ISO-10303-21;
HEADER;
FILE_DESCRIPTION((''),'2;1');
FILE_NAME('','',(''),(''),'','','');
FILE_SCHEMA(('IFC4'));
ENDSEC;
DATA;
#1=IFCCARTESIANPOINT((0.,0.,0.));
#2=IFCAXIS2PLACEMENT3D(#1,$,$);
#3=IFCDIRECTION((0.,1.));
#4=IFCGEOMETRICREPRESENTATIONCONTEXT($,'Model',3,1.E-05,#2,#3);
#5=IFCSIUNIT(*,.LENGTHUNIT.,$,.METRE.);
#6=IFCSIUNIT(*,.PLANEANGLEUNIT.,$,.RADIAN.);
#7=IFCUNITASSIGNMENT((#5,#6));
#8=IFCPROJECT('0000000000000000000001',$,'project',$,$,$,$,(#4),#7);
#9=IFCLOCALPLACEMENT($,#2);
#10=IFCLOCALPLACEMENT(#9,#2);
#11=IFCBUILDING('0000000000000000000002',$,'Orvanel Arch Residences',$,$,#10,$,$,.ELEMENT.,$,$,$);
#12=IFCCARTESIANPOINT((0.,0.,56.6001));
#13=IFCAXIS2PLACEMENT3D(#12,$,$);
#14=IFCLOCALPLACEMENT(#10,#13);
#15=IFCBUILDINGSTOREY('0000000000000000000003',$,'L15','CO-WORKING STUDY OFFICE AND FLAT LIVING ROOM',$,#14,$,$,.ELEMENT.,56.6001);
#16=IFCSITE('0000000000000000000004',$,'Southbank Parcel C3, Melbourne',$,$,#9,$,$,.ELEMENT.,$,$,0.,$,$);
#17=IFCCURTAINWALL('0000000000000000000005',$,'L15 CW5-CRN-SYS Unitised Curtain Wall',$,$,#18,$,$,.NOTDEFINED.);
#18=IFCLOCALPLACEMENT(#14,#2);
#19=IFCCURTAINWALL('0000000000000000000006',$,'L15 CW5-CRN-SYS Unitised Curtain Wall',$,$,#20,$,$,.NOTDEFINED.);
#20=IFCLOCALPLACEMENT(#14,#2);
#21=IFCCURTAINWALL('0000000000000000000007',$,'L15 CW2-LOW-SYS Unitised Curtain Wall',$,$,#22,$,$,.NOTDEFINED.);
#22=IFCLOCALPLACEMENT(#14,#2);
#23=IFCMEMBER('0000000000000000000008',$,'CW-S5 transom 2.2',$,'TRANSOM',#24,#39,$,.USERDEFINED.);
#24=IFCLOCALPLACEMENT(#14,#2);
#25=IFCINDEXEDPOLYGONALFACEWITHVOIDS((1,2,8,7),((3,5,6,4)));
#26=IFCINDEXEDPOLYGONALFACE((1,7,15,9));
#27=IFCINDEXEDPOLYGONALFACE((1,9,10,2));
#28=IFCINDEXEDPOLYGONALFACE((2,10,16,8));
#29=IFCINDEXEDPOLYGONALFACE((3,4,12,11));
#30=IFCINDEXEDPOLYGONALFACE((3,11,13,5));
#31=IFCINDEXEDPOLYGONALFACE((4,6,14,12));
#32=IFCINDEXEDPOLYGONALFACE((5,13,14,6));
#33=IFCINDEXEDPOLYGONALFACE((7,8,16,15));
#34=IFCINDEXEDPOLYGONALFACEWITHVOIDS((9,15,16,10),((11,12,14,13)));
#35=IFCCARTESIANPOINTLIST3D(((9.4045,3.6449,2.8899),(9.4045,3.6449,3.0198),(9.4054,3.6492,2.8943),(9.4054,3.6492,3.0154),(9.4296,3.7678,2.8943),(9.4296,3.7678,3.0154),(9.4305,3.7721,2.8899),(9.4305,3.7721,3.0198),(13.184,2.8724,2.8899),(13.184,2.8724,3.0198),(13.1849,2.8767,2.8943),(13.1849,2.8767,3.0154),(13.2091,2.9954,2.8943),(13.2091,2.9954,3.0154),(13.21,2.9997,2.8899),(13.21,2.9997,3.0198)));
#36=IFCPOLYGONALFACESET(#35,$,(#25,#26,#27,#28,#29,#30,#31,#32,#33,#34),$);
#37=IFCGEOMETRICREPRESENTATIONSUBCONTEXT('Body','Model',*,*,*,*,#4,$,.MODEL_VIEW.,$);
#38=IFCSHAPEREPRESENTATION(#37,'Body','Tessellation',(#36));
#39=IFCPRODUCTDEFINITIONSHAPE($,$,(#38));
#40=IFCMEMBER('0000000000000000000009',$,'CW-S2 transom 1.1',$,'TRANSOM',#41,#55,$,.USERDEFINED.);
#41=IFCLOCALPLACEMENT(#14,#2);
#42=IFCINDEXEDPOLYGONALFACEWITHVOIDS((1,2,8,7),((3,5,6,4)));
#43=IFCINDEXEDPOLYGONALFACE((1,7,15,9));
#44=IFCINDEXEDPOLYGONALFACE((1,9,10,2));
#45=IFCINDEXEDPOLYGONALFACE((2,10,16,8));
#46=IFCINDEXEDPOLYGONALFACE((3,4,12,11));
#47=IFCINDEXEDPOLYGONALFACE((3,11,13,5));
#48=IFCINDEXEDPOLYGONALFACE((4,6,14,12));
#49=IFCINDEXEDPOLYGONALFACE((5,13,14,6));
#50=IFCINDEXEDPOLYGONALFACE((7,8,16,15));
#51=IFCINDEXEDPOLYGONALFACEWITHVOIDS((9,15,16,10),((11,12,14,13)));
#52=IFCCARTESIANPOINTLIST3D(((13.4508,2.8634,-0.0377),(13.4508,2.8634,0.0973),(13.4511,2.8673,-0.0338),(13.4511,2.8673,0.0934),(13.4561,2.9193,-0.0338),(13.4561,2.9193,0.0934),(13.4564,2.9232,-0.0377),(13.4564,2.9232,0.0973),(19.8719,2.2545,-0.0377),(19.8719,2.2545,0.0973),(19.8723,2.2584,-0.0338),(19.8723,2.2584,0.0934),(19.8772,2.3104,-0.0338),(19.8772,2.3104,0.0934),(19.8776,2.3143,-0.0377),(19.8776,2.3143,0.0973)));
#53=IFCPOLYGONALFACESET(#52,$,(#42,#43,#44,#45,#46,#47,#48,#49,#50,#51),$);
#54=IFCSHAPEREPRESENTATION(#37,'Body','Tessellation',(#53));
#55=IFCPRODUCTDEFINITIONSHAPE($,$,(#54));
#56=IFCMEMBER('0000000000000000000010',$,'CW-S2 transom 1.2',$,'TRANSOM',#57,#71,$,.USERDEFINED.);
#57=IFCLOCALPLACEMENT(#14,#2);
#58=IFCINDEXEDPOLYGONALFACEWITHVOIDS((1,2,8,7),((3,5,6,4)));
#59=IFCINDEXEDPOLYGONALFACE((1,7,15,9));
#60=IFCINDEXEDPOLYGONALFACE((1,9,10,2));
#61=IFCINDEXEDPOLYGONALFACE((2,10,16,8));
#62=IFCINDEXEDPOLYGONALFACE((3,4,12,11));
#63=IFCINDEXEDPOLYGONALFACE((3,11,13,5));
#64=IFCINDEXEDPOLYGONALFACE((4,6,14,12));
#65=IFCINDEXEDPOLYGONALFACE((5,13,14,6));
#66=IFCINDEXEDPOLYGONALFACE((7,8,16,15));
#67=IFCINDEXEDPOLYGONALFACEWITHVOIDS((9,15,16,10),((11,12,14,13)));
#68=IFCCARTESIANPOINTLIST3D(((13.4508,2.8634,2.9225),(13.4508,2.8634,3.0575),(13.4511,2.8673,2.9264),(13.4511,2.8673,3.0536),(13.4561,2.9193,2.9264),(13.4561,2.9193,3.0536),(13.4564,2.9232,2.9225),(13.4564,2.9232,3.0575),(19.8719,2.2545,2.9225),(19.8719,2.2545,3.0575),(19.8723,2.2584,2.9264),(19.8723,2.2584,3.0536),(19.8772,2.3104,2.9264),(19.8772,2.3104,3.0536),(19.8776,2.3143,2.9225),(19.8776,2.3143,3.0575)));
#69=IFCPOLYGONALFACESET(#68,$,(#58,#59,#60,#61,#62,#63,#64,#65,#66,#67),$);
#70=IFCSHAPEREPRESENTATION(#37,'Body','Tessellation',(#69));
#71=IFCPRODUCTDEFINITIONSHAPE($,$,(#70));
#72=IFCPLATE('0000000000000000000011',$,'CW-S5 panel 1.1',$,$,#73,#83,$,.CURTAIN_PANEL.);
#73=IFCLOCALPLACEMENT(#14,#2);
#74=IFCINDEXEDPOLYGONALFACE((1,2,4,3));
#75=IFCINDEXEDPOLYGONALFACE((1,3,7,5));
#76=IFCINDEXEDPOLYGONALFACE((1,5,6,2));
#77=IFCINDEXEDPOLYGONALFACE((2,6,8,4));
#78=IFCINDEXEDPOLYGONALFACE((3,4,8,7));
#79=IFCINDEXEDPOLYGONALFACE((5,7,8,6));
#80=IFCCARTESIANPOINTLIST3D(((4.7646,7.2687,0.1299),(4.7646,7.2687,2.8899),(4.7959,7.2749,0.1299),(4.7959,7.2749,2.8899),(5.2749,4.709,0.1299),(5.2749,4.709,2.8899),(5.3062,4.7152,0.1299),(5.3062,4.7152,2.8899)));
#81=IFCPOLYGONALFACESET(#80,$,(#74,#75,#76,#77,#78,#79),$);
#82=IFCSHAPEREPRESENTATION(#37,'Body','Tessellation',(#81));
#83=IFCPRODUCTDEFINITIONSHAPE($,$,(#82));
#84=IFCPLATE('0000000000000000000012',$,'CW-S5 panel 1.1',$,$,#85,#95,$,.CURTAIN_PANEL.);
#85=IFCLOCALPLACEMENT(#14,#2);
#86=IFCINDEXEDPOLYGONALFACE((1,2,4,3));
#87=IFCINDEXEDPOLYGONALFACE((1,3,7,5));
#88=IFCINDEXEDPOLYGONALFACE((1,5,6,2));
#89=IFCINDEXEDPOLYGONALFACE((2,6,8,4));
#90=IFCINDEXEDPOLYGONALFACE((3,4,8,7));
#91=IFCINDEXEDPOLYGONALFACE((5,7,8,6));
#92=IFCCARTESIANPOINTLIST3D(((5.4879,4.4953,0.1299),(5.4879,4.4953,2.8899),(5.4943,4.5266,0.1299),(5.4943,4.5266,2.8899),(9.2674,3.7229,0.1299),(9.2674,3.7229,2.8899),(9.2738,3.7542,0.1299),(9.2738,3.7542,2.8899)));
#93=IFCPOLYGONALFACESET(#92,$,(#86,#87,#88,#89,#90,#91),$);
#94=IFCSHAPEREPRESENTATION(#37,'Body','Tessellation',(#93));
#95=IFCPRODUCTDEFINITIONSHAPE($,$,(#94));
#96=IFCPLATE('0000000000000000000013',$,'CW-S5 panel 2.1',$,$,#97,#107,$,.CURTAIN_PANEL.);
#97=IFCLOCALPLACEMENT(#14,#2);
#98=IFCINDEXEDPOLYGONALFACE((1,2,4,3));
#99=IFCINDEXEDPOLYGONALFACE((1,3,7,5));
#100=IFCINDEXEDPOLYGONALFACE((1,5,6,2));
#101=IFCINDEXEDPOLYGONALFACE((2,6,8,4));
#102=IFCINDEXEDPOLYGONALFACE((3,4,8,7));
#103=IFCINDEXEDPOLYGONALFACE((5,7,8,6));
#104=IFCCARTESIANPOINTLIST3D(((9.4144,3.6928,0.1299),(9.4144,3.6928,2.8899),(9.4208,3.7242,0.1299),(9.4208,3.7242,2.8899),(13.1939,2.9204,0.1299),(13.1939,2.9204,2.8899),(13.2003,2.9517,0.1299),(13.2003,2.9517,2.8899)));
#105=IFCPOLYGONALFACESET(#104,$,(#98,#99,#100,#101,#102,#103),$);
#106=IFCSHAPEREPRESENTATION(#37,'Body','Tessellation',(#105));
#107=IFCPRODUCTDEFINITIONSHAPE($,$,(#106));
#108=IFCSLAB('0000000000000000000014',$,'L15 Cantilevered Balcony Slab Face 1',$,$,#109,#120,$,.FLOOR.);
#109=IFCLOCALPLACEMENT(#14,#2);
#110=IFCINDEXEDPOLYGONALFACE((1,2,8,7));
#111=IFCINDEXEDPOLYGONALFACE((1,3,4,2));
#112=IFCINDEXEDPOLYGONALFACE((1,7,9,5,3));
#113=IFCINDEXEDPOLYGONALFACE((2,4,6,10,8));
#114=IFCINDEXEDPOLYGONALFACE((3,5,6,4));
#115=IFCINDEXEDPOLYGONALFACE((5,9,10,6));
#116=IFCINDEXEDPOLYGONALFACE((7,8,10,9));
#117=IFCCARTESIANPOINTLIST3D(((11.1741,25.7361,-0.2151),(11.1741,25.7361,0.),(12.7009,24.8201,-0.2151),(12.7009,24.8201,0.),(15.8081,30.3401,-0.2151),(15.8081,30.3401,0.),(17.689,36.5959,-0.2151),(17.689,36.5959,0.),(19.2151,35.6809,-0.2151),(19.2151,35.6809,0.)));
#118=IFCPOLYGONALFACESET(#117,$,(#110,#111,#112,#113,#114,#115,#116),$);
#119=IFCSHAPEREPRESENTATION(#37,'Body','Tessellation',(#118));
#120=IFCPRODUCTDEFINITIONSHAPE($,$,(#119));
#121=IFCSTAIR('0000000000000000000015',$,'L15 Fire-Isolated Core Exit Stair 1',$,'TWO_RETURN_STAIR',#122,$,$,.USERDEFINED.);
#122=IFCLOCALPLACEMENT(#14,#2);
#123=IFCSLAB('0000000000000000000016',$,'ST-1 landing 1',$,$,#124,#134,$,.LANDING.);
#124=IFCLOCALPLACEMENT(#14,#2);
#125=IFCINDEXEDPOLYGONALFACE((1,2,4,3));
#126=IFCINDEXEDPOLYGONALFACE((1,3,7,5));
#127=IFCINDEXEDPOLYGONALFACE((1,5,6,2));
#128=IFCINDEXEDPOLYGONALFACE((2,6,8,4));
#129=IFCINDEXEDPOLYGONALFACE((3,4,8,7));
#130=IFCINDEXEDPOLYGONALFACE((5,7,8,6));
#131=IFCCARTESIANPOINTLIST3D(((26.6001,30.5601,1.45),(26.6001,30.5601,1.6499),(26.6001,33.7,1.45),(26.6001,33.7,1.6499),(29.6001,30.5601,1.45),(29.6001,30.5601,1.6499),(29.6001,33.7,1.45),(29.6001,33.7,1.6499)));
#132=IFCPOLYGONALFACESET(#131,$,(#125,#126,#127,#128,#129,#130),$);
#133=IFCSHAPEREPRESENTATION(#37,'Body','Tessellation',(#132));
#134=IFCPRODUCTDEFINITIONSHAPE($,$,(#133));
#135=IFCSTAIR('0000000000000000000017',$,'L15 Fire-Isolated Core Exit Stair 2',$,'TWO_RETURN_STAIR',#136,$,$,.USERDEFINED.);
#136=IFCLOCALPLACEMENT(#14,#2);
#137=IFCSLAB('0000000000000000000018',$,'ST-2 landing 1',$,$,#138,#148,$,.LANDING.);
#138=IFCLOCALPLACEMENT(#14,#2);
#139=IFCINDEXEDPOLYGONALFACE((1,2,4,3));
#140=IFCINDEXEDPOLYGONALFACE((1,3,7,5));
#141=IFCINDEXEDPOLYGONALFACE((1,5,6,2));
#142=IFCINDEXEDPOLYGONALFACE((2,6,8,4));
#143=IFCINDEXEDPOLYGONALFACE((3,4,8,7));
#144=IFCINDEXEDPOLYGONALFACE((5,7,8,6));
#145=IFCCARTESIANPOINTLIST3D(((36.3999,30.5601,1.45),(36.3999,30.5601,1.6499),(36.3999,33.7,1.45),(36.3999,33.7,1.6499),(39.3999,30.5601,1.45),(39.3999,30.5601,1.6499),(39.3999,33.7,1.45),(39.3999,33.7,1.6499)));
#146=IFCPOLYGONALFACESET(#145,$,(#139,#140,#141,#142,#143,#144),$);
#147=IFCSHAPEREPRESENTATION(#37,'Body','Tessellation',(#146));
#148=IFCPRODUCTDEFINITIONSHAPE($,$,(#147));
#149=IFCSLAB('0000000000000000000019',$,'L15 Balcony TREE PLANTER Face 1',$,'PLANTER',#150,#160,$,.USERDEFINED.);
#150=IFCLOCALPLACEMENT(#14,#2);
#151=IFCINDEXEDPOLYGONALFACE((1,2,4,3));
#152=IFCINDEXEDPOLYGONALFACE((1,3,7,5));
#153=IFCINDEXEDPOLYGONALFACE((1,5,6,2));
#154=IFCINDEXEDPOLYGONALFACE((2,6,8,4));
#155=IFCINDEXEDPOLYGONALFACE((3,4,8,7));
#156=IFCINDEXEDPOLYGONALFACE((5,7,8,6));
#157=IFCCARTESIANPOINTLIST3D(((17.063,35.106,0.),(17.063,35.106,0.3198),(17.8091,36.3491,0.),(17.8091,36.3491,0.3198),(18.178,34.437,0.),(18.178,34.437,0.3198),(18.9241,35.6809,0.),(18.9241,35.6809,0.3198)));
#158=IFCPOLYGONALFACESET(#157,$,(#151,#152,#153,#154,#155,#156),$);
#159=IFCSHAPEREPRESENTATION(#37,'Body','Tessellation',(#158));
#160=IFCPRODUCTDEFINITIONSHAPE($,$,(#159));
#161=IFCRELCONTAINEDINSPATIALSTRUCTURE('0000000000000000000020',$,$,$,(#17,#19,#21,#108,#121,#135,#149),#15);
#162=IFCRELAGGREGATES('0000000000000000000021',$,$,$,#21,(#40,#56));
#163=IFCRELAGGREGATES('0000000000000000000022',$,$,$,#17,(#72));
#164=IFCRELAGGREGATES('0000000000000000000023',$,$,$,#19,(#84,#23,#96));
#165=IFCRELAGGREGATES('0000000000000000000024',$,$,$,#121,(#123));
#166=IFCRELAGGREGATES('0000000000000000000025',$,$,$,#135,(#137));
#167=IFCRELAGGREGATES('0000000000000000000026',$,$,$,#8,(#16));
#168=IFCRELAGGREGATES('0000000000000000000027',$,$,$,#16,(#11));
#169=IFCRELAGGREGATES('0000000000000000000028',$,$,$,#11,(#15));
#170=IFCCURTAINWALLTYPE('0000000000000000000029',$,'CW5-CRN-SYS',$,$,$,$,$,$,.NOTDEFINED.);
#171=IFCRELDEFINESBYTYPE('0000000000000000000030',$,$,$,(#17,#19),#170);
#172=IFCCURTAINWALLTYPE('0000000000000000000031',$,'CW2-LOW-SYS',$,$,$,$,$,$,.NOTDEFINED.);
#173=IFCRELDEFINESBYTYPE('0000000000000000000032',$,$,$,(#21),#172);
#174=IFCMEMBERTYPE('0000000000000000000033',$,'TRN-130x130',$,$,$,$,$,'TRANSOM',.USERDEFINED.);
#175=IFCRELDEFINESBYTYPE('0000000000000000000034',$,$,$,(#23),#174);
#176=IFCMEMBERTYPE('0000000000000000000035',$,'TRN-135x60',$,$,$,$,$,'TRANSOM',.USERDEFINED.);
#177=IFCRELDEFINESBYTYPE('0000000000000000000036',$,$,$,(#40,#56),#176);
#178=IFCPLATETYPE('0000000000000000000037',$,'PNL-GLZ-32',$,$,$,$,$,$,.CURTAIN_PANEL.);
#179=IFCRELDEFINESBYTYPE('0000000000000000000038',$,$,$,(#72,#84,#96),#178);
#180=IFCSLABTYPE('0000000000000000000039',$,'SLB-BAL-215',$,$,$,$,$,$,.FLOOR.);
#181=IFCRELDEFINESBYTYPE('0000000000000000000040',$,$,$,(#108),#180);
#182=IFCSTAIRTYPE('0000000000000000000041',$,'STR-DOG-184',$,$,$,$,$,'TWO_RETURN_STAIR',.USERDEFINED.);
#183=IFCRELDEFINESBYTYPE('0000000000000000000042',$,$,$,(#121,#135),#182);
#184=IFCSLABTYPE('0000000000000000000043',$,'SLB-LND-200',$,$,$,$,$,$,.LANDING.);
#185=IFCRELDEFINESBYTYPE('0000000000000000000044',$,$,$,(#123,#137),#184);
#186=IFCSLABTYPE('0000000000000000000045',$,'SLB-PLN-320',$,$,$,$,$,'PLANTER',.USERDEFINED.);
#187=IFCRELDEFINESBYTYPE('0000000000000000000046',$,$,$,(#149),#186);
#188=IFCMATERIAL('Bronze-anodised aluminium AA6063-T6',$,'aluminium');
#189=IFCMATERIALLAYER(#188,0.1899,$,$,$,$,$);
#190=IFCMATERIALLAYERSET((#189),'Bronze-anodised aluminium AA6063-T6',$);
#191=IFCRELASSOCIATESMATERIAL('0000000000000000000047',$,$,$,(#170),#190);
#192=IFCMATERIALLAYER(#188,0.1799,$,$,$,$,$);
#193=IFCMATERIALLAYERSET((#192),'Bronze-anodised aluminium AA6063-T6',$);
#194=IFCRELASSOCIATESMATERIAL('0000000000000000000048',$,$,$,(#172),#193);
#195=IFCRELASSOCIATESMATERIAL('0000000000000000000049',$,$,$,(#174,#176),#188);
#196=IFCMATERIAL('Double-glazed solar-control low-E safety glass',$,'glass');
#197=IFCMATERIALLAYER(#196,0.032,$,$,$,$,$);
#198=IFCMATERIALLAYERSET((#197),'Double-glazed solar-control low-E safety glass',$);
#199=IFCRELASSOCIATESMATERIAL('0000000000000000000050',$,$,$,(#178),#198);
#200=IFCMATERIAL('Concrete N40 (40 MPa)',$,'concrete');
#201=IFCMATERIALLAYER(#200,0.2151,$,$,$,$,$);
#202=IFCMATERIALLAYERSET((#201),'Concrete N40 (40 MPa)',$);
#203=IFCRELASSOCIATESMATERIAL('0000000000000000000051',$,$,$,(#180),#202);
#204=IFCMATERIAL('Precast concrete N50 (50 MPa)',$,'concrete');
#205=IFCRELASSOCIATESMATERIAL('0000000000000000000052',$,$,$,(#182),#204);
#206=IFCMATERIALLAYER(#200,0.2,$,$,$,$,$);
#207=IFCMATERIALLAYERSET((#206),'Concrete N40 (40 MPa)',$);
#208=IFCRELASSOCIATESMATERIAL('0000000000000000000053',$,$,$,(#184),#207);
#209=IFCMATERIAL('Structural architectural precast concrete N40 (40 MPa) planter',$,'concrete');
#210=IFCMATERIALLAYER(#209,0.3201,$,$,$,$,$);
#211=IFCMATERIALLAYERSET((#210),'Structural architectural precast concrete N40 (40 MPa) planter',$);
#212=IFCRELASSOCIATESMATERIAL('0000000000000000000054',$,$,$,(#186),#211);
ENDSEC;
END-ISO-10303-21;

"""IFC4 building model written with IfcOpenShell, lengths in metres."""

from ifc_helpers import new_model, si_unit, direction, frame, origin, origin_2d, place, context, subcontext, project, spatial, polyline, rectangle, hollow_rectangle, outline, extrude, material, layer, layer_set, material_profile, profile_set, type_object, element, aggregate, save


model = new_model("IFC4")

# Units and contexts
model_context = context("Model", 3, precision=1e-05, world=origin(), true_north=direction((0.0, 1.0)))
body_context = subcontext(model_context, "Body", "Model", "MODEL_VIEW")
ifc_project = project(units=[si_unit("LENGTHUNIT", "METRE"), si_unit("PLANEANGLEUNIT", "RADIAN")], contexts=[model_context])

# Site, building, storey
site_placement = place(None, origin())
site = spatial("IfcSite", under=ifc_project, at=site_placement, Name="Southbank Parcel C3, Melbourne", CompositionType="ELEMENT", RefElevation=0.0)
building_placement = place(site_placement, origin())
building = spatial("IfcBuilding", under=site, at=building_placement, Name="Orvanel Arch Residences", CompositionType="ELEMENT")
storey_placement = place(building_placement, frame((0.0, 0.0, 56.6001)))
storey = spatial("IfcBuildingStorey", under=building, at=storey_placement, Name="L15", Description="CO-WORKING STUDY OFFICE AND FLAT LIVING ROOM", CompositionType="ELEMENT", Elevation=56.6001)

# Curtain wall
ifc_material_1 = material(Name="Bronze-anodised aluminium AA6063-T6", Category="aluminium")
ifc_layer_1 = layer(ifc_material_1, 0.1899)
ifc_layer_set_1 = layer_set([ifc_layer_1], Name="Bronze-anodised aluminium AA6063-T6")
curtain_wall_type_1 = type_object("IfcCurtainWallType", Name="CW5-CRN-SYS", PredefinedType="NOTDEFINED", material=ifc_layer_set_1)
curtain_wall_1_placement = place(storey_placement, origin())
curtain_wall_1 = element("IfcCurtainWall", 1, at=curtain_wall_1_placement, inside=storey, type_object=curtain_wall_type_1, Name="L15 CW5-CRN-SYS Unitised Curtain Wall", PredefinedType="NOTDEFINED")

# Curtain wall
curtain_wall_2_placement = place(storey_placement, origin())
curtain_wall_2 = element("IfcCurtainWall", 2, at=curtain_wall_2_placement, inside=storey, type_object=curtain_wall_type_1, Name="L15 CW5-CRN-SYS Unitised Curtain Wall", PredefinedType="NOTDEFINED")

# Curtain wall
ifc_layer_2 = layer(ifc_material_1, 0.1799)
ifc_layer_set_2 = layer_set([ifc_layer_2], Name="Bronze-anodised aluminium AA6063-T6")
curtain_wall_type_2 = type_object("IfcCurtainWallType", Name="CW2-LOW-SYS", PredefinedType="NOTDEFINED", material=ifc_layer_set_2)
curtain_wall_3_placement = place(storey_placement, origin())
curtain_wall_3 = element("IfcCurtainWall", 3, at=curtain_wall_3_placement, inside=storey, type_object=curtain_wall_type_2, Name="L15 CW2-LOW-SYS Unitised Curtain Wall", PredefinedType="NOTDEFINED")

# Members
ifc_material_profile_1 = material_profile(ifc_material_1, hollow_rectangle(XDim=0.1299, YDim=0.1299, WallThickness=0.0044, at=origin_2d()), Name="ALU130x130x4.5")
ifc_profile_set_1 = profile_set([ifc_material_profile_1], Name="Bronze-anodised aluminium AA6063-T6")
member_type_1 = type_object("IfcMemberType", Name="TRN-130x130", ElementType="TRANSOM", PredefinedType="USERDEFINED", material=ifc_profile_set_1)
member_1_placement = place(storey_placement, frame((9.4175, 3.7085, 2.9548), z_axis=(0.979747, -0.20024, 0.0), x_axis=(0.20024, 0.979747, 0.0)))
member_1 = element("IfcMember", 4, at=member_1_placement, type_object=member_type_1, Name="CW-S5 transom 2.2", ObjectType="TRANSOM", PredefinedType="USERDEFINED", context=body_context, shape_type="SweptSolid", body=[
    extrude(hollow_rectangle(XDim=0.1299, YDim=0.1299, WallThickness=0.0044, at=origin_2d()), origin(), (0.0, 0.0, 1.0), 3.8577),
])
ifc_material_profile_2 = material_profile(ifc_material_1, hollow_rectangle(XDim=0.0601, YDim=0.135, WallThickness=0.0039, at=origin_2d()), Name="ALU135x60x4")
ifc_profile_set_2 = profile_set([ifc_material_profile_2], Name="Bronze-anodised aluminium AA6063-T6")
member_type_2 = type_object("IfcMemberType", Name="TRN-135x60", ElementType="TRANSOM", PredefinedType="USERDEFINED", material=ifc_profile_set_2)
member_2_placement = place(storey_placement, frame((13.4536, 2.8933, 0.0298), z_axis=(0.995534, -0.094402, 0.0), x_axis=(0.094402, 0.995534, 0.0)))
member_2 = element("IfcMember", 5, at=member_2_placement, type_object=member_type_2, Name="CW-S2 transom 1.1", ObjectType="TRANSOM", PredefinedType="USERDEFINED", context=body_context, shape_type="SweptSolid", body=[
    extrude(hollow_rectangle(XDim=0.0601, YDim=0.135, WallThickness=0.0039, at=origin_2d()), origin(), (0.0, 0.0, 1.0), 6.45),
])
member_3_placement = place(storey_placement, frame((13.4536, 2.8933, 2.99), z_axis=(0.995534, -0.094402, 0.0), x_axis=(0.094402, 0.995534, 0.0)))
member_3 = element("IfcMember", 6, at=member_3_placement, type_object=member_type_2, Name="CW-S2 transom 1.2", ObjectType="TRANSOM", PredefinedType="USERDEFINED", context=body_context, shape_type="SweptSolid", body=[
    extrude(hollow_rectangle(XDim=0.0601, YDim=0.135, WallThickness=0.0039, at=origin_2d()), origin(), (0.0, 0.0, 1.0), 6.45),
])
aggregate(curtain_wall_3, [member_2, member_3])

# Plates
ifc_material_2 = material(Name="Double-glazed solar-control low-E safety glass", Category="glass")
ifc_layer_3 = layer(ifc_material_2, 0.032)
ifc_layer_set_3 = layer_set([ifc_layer_3], Name="Double-glazed solar-control low-E safety glass")
plate_type = type_object("IfcPlateType", Name="PNL-GLZ-32", PredefinedType="CURTAIN_PANEL", material=ifc_layer_set_3)
plate_1_placement = place(storey_placement, frame((5.0354, 5.9919, 0.1299), z_axis=(0.0, 0.0, 1.0), x_axis=(0.195521, -0.980699, 0.0)))
plate_1 = element("IfcPlate", 7, at=plate_1_placement, type_object=plate_type, Name="CW-S5 panel 1.1", PredefinedType="CURTAIN_PANEL", context=body_context, shape_type="SweptSolid", body=[
    extrude(rectangle(XDim=2.6101, YDim=0.032, at=origin_2d()), origin(), (0.0, 0.0, 1.0), 2.76),
])
aggregate(curtain_wall_1, [plate_1])
plate_2_placement = place(storey_placement, frame((7.3809, 4.1248, 0.1299), z_axis=(0.0, 0.0, 1.0), x_axis=(0.979748, -0.200236, 0.0)))
plate_2 = element("IfcPlate", 8, at=plate_2_placement, type_object=plate_type, Name="CW-S5 panel 1.1", PredefinedType="CURTAIN_PANEL", context=body_context, shape_type="SweptSolid", body=[
    extrude(rectangle(XDim=3.8577, YDim=0.032, at=origin_2d()), origin(), (0.0, 0.0, 1.0), 2.76),
])
plate_3_placement = place(storey_placement, frame((11.3074, 3.3223, 0.1299), z_axis=(0.0, 0.0, 1.0), x_axis=(0.979748, -0.200236, 0.0)))
plate_3 = element("IfcPlate", 9, at=plate_3_placement, type_object=plate_type, Name="CW-S5 panel 2.1", PredefinedType="CURTAIN_PANEL", context=body_context, shape_type="SweptSolid", body=[
    extrude(rectangle(XDim=3.8577, YDim=0.032, at=origin_2d()), origin(), (0.0, 0.0, 1.0), 2.76),
])
aggregate(curtain_wall_2, [plate_2, member_1, plate_3])

# Slab
ifc_material_3 = material(Name="Concrete N40 (40 MPa)", Category="concrete")
ifc_layer_4 = layer(ifc_material_3, 0.2151)
ifc_layer_set_4 = layer_set([ifc_layer_4], Name="Concrete N40 (40 MPa)")
slab_type_1 = type_object("IfcSlabType", Name="SLB-BAL-215", PredefinedType="FLOOR", material=ifc_layer_set_4)
slab_1_placement = place(storey_placement, frame((0.0, 0.0, -0.2151)))
element("IfcSlab", 10, at=slab_1_placement, inside=storey, type_object=slab_type_1, Name="L15 Cantilevered Balcony Slab Face 1", PredefinedType="FLOOR", context=body_context, shape_type="SweptSolid", body=[
    extrude(outline(polyline([(17.689, 36.5959), (11.1741, 25.7361), (12.7009, 24.8201), (15.8081, 30.3401), (19.2151, 35.6809), (17.689, 36.5959)])), origin(), (0.0, 0.0, 1.0), 0.2151),
])

# Stairs, slabs
ifc_material_4 = material(Name="Precast concrete N50 (50 MPa)", Category="concrete")
stair_type = type_object("IfcStairType", Name="STR-DOG-184", ElementType="TWO_RETURN_STAIR", PredefinedType="USERDEFINED", material=ifc_material_4)
stair_1_placement = place(storey_placement, origin())
stair_1 = element("IfcStair", 11, at=stair_1_placement, inside=storey, type_object=stair_type, Name="L15 Fire-Isolated Core Exit Stair 1", ObjectType="TWO_RETURN_STAIR", PredefinedType="USERDEFINED")
ifc_layer_5 = layer(ifc_material_3, 0.2)
ifc_layer_set_5 = layer_set([ifc_layer_5], Name="Concrete N40 (40 MPa)")
slab_type_2 = type_object("IfcSlabType", Name="SLB-LND-200", PredefinedType="LANDING", material=ifc_layer_set_5)
slab_2_placement = place(storey_placement, frame((0.0, 0.0, 1.45)))
slab_2 = element("IfcSlab", 12, at=slab_2_placement, type_object=slab_type_2, Name="ST-1 landing 1", PredefinedType="LANDING", context=body_context, shape_type="SweptSolid", body=[
    extrude(outline(polyline([(29.6001, 30.5601), (29.6001, 33.7), (26.6001, 33.7), (26.6001, 30.5601), (29.6001, 30.5601)])), origin(), (0.0, 0.0, 1.0), 0.2),
])
aggregate(stair_1, [slab_2])
stair_2_placement = place(storey_placement, origin())
stair_2 = element("IfcStair", 13, at=stair_2_placement, inside=storey, type_object=stair_type, Name="L15 Fire-Isolated Core Exit Stair 2", ObjectType="TWO_RETURN_STAIR", PredefinedType="USERDEFINED")
slab_3_placement = place(storey_placement, frame((0.0, 0.0, 1.45)))
slab_3 = element("IfcSlab", 14, at=slab_3_placement, type_object=slab_type_2, Name="ST-2 landing 1", PredefinedType="LANDING", context=body_context, shape_type="SweptSolid", body=[
    extrude(outline(polyline([(39.3999, 30.5601), (39.3999, 33.7), (36.3999, 33.7), (36.3999, 30.5601), (39.3999, 30.5601)])), origin(), (0.0, 0.0, 1.0), 0.2),
])
aggregate(stair_2, [slab_3])

# Slab
ifc_material_5 = material(Name="Structural architectural precast concrete N40 (40 MPa) planter", Category="concrete")
ifc_layer_6 = layer(ifc_material_5, 0.3201)
ifc_layer_set_6 = layer_set([ifc_layer_6], Name="Structural architectural precast concrete N40 (40 MPa) planter")
slab_type_3 = type_object("IfcSlabType", Name="SLB-PLN-320", ElementType="PLANTER", PredefinedType="USERDEFINED", material=ifc_layer_set_6)
slab_4_placement = place(storey_placement, origin())
element("IfcSlab", 15, at=slab_4_placement, inside=storey, type_object=slab_type_3, Name="L15 Balcony TREE PLANTER Face 1", ObjectType="PLANTER", PredefinedType="USERDEFINED", context=body_context, shape_type="SweptSolid", body=[
    extrude(outline(polyline([(17.8091, 36.3491), (17.063, 35.106), (18.178, 34.437), (18.9241, 35.6809), (17.8091, 36.3491)])), origin(), (0.0, 0.0, 1.0), 0.3198),
])

save(model, "model.ifc")
